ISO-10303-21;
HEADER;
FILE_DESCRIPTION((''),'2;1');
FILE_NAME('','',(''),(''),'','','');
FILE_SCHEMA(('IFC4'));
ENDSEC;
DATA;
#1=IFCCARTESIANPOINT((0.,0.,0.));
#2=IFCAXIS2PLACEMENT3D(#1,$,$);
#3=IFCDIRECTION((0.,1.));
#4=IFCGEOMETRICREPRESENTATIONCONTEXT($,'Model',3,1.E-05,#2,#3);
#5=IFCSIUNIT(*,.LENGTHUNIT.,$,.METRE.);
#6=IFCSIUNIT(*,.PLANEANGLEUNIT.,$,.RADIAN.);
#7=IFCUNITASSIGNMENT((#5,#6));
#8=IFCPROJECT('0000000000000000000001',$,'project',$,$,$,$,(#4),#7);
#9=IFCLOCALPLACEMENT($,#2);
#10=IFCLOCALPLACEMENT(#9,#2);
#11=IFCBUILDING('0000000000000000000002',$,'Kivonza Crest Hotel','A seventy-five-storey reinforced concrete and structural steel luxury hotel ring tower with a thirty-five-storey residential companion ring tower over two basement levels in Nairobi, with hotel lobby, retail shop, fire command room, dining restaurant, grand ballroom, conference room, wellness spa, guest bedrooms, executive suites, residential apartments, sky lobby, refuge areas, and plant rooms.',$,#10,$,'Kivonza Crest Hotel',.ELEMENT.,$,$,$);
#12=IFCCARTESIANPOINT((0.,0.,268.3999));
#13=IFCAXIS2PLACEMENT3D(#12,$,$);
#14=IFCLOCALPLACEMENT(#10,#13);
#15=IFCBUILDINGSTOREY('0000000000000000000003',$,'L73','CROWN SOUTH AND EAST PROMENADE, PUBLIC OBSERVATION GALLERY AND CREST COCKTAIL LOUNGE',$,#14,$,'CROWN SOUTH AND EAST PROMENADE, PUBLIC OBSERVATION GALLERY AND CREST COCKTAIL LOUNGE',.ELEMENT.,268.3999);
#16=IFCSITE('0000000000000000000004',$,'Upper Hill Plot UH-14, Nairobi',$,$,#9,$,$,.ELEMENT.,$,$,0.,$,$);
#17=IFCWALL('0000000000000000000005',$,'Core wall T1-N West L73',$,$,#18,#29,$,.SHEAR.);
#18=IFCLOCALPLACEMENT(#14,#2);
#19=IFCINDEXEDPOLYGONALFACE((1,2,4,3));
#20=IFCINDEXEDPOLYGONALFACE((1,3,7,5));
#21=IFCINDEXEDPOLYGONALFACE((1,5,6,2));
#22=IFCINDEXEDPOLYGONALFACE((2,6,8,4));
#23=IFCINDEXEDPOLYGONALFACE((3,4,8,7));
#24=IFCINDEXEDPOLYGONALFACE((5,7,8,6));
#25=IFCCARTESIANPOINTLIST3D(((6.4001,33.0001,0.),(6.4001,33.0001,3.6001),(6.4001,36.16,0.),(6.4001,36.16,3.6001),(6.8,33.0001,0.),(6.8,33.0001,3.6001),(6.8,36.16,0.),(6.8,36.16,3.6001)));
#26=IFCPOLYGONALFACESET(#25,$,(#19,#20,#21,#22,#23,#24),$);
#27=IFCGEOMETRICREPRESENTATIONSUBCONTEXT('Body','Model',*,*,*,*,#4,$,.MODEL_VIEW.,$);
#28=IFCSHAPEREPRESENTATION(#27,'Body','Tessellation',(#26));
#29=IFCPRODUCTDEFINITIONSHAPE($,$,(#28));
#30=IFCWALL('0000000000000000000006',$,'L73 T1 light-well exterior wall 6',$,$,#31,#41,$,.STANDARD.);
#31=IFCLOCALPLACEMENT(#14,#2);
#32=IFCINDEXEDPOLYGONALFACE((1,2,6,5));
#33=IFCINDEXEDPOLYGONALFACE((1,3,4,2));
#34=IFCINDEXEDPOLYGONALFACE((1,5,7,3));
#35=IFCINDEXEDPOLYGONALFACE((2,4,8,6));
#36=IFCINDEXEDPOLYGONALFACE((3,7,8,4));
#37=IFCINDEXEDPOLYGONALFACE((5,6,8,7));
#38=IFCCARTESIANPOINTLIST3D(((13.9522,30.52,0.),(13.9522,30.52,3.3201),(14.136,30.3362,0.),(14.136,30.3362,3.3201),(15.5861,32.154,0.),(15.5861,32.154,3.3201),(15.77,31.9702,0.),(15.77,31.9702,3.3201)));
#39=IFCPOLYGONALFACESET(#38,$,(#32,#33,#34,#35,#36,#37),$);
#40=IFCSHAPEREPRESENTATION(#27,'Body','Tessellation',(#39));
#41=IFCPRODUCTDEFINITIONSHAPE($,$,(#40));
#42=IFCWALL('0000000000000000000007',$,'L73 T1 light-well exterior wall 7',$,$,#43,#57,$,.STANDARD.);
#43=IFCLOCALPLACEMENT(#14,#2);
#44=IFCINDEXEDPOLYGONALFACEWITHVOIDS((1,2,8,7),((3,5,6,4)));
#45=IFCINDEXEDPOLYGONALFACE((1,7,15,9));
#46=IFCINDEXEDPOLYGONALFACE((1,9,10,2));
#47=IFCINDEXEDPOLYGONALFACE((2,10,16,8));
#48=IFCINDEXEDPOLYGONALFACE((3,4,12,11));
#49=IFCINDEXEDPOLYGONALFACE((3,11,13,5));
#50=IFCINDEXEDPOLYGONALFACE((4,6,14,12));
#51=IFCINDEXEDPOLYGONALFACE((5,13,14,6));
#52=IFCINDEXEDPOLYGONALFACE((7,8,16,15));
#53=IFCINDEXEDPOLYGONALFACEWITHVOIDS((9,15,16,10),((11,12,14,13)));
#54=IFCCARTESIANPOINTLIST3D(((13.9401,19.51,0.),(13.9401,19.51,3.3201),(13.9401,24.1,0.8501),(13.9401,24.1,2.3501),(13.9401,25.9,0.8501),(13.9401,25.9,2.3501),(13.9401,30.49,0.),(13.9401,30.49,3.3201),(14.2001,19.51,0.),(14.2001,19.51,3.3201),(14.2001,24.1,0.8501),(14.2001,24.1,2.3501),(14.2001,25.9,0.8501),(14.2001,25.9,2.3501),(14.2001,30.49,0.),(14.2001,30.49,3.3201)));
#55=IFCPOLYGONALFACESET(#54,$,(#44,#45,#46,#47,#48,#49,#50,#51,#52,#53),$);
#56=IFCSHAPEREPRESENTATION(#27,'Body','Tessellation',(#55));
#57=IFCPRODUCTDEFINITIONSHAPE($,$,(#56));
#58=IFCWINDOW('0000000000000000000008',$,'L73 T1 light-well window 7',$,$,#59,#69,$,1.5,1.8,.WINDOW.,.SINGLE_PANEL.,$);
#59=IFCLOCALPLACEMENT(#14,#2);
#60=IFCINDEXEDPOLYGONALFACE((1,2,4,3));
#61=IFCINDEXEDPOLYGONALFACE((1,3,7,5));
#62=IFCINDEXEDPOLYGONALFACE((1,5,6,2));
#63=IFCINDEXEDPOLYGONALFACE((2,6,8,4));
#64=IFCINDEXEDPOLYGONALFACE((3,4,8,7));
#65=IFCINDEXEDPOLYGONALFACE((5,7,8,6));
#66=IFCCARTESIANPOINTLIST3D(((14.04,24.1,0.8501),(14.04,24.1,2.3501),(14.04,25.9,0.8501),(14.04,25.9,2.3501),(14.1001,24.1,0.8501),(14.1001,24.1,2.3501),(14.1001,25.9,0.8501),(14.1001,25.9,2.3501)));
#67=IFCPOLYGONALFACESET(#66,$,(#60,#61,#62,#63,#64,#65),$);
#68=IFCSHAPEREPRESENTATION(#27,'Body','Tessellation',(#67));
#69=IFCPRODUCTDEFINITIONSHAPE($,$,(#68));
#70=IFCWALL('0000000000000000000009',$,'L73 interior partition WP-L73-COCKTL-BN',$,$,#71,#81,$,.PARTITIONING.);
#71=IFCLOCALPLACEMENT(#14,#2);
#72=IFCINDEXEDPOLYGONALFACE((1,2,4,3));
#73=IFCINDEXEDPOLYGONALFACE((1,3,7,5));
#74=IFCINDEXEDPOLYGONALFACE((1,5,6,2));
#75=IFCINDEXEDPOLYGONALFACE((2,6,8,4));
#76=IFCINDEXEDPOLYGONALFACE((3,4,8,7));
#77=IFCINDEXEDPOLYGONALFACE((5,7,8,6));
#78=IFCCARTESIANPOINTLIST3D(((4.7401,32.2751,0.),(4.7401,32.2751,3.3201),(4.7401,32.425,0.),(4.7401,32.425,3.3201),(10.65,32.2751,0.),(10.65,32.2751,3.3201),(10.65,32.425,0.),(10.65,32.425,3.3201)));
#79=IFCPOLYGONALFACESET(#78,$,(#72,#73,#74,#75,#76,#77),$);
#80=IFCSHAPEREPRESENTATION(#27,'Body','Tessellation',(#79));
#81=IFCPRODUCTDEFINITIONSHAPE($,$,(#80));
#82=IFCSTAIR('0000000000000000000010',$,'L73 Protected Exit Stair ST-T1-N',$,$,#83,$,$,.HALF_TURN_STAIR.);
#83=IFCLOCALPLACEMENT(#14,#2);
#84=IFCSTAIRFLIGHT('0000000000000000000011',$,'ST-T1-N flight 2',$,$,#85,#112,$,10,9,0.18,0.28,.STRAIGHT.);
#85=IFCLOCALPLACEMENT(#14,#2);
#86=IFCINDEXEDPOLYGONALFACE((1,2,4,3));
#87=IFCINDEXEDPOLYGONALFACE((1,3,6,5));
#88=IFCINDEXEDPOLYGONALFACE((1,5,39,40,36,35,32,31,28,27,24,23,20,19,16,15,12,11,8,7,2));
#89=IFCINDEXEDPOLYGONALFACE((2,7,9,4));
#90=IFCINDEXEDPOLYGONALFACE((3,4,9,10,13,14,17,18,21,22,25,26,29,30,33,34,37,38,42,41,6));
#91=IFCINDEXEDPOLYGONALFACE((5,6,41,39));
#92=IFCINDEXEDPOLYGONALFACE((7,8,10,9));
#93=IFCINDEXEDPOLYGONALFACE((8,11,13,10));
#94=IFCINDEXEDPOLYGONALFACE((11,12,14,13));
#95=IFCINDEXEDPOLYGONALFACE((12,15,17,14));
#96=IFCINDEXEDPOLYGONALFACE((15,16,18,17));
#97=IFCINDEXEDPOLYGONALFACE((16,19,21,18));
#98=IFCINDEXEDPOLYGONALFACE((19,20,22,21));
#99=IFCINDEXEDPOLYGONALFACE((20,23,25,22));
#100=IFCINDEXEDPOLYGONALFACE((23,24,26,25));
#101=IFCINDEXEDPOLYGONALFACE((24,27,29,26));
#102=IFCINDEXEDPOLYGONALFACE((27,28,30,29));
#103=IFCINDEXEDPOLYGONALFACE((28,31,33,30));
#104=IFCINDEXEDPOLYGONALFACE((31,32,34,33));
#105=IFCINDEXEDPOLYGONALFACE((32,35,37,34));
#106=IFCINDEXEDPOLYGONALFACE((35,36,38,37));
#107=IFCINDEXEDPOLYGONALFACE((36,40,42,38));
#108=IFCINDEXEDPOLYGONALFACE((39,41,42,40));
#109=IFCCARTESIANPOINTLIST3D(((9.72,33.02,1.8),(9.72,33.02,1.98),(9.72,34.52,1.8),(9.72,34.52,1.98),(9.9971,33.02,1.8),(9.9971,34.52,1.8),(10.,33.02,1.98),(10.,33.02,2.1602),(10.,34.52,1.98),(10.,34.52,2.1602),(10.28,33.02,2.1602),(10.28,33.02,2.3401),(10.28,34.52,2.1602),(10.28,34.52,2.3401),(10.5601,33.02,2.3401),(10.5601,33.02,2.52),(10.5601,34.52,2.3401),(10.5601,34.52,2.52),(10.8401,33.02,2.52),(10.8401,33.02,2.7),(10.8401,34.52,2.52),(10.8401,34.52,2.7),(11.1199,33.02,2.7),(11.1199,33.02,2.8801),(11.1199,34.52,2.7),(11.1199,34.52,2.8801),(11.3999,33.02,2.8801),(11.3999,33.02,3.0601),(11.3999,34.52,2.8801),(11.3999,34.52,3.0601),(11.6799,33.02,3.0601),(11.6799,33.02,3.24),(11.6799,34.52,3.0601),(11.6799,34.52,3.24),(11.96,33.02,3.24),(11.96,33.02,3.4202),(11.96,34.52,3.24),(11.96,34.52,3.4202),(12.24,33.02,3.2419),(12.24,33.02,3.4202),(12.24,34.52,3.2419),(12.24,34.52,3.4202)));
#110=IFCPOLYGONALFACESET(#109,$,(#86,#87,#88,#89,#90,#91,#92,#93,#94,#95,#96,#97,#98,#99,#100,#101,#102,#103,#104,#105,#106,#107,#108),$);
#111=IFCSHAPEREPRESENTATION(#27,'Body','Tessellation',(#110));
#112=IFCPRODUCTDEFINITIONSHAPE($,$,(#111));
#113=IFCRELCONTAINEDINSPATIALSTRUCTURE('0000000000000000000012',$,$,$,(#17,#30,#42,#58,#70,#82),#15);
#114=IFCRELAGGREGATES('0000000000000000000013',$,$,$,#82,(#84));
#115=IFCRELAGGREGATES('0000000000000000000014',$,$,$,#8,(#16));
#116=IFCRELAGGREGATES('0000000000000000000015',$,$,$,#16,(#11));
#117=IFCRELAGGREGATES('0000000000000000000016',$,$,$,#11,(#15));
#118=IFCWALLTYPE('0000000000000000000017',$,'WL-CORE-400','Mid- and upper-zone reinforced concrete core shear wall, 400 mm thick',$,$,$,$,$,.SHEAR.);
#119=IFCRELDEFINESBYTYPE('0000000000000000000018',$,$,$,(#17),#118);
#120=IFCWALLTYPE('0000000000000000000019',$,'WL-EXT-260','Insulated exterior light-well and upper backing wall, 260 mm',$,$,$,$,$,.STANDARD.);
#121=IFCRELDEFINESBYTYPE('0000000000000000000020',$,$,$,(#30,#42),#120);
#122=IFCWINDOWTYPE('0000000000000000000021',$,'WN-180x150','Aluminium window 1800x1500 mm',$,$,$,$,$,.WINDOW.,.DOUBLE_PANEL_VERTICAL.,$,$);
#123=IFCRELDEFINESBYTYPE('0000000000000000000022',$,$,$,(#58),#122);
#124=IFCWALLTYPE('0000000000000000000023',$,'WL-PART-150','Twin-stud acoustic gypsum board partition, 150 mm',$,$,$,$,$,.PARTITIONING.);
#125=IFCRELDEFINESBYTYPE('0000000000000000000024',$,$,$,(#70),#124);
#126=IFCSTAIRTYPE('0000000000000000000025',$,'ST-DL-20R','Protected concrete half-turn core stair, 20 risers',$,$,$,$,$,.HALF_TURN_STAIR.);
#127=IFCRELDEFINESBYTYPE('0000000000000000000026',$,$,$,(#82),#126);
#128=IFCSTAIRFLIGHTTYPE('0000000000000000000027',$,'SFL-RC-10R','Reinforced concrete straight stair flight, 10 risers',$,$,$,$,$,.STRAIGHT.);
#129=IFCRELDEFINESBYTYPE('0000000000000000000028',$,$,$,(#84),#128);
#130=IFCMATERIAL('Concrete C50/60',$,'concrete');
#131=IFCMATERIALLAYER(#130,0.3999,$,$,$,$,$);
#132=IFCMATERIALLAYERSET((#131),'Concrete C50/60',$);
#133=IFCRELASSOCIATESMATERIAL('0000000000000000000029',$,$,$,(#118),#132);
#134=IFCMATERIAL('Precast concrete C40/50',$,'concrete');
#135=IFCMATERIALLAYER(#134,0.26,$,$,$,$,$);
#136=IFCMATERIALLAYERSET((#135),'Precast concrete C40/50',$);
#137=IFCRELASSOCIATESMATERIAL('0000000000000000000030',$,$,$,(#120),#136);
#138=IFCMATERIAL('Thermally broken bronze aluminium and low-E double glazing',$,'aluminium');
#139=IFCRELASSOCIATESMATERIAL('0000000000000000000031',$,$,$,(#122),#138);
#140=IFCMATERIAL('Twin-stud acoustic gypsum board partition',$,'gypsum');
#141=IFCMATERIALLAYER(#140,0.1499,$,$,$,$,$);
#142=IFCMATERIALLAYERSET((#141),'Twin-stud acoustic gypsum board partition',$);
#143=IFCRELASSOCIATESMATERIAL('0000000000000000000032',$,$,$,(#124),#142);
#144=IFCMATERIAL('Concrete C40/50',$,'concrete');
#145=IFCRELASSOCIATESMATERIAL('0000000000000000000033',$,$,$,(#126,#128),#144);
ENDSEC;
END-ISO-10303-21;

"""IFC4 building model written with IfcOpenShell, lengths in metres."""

from ifc_helpers import new_model, si_unit, direction, frame, frame_2d, origin, place, context, subcontext, project, spatial, polyline, rectangle, outline, extrude, material, layer, layer_set, type_object, element, fill, aggregate, save


model = new_model("IFC4")

# Units and contexts
model_context = context("Model", 3, precision=1e-05, world=origin(), true_north=direction((0.0, 1.0)))
body_context = subcontext(model_context, "Body", "Model", "MODEL_VIEW")
ifc_project = project(units=[si_unit("LENGTHUNIT", "METRE"), si_unit("PLANEANGLEUNIT", "RADIAN")], contexts=[model_context])

# Site, building, storey
site_placement = place(None, origin())
site = spatial("IfcSite", under=ifc_project, at=site_placement, Name="Upper Hill Plot UH-14, Nairobi", CompositionType="ELEMENT", RefElevation=0.0)
building_placement = place(site_placement, origin())
building = spatial("IfcBuilding", under=site, at=building_placement, Name="Kivonza Crest Hotel", Description="A seventy-five-storey reinforced concrete and structural steel luxury hotel ring tower with a thirty-five-storey residential companion ring tower over two basement levels in Nairobi, with hotel lobby, retail shop, fire command room, dining restaurant, grand ballroom, conference room, wellness spa, guest bedrooms, executive suites, residential apartments, sky lobby, refuge areas, and plant rooms.", LongName="Kivonza Crest Hotel", CompositionType="ELEMENT")
storey_placement = place(building_placement, frame((0.0, 0.0, 268.3999)))
storey = spatial("IfcBuildingStorey", under=building, at=storey_placement, Name="L73", Description="CROWN SOUTH AND EAST PROMENADE, PUBLIC OBSERVATION GALLERY AND CREST COCKTAIL LOUNGE", LongName="CROWN SOUTH AND EAST PROMENADE, PUBLIC OBSERVATION GALLERY AND CREST COCKTAIL LOUNGE", CompositionType="ELEMENT", Elevation=268.3999)

# Shared definitions
ifc_material_1 = material(Name="Concrete C50/60", Category="concrete")

# Shared definitions
ifc_layer_1 = layer(ifc_material_1, 0.3999)
ifc_layer_set_1 = layer_set([ifc_layer_1], Name="Concrete C50/60")
wall_type_1 = type_object("IfcWallType", Name="WL-CORE-400", Description="Mid- and upper-zone reinforced concrete core shear wall, 400 mm thick", PredefinedType="SHEAR", material=ifc_layer_set_1)

# Walls
wall_1_placement = place(storey_placement, frame((6.6001, 33.0, 0.0), z_axis=(0.0, 0.0, 1.0), x_axis=(0.0, 1.0, 0.0)))
element("IfcWall", 1, at=wall_1_placement, inside=storey, type_object=wall_type_1, Name="Core wall T1-N West L73", PredefinedType="SHEAR", context=body_context, shape_type="SweptSolid", body=[
    extrude(rectangle(XDim=3.1599, YDim=0.3999, at=frame_2d((1.5801, 0.0))), origin(), (0.0, 0.0, 1.0), 3.6001),
])
ifc_material_2 = material(Name="Precast concrete C40/50", Category="concrete")
ifc_layer_2 = layer(ifc_material_2, 0.26)
ifc_layer_set_2 = layer_set([ifc_layer_2], Name="Precast concrete C40/50")
wall_type_2 = type_object("IfcWallType", Name="WL-EXT-260", Description="Insulated exterior light-well and upper backing wall, 260 mm", PredefinedType="STANDARD", material=ifc_layer_set_2)
wall_2_placement = place(storey_placement, frame((15.678, 32.062, 0.0), z_axis=(0.0, 0.0, 1.0), x_axis=(-0.707107, -0.707107, 0.0)))
element("IfcWall", 2, at=wall_2_placement, inside=storey, type_object=wall_type_2, Name="L73 T1 light-well exterior wall 6", PredefinedType="STANDARD", context=body_context, shape_type="SweptSolid", body=[
    extrude(rectangle(XDim=2.3108, YDim=0.26, at=frame_2d((1.1553, 0.0))), origin(), (0.0, 0.0, 1.0), 3.3201),
])

# Wall, opening, window
wall_3_placement = place(storey_placement, frame((14.0701, 30.49, 0.0), z_axis=(0.0, 0.0, 1.0), x_axis=(0.0, -1.0, 0.0)))
wall_3 = element("IfcWall", 3, at=wall_3_placement, inside=storey, type_object=wall_type_2, Name="L73 T1 light-well exterior wall 7", PredefinedType="STANDARD", context=body_context, shape_type="SweptSolid", body=[
    extrude(rectangle(XDim=10.98, YDim=0.26, at=frame_2d((5.49, 0.0))), origin(), (0.0, 0.0, 1.0), 3.3201),
])
opening_1_placement = place(wall_3_placement, frame((4.5901, 0.0, 0.8501)))
opening_1 = element("IfcOpeningElement", 4, at=opening_1_placement, cuts=wall_3, PredefinedType="OPENING", context=body_context, shape_type="SweptSolid", body=[
    extrude(rectangle(XDim=1.8, YDim=1.5, at=frame_2d((0.8999, 0.75))), frame((0.0, 0.1401, 0.0), z_axis=(0.0, -1.0, 0.0), x_axis=(1.0, 0.0, 0.0)), (0.0, 0.0, 1.0), 0.28),
])
ifc_material_3 = material(Name="Thermally broken bronze aluminium and low-E double glazing", Category="aluminium")
window_type = type_object("IfcWindowType", Name="WN-180x150", Description="Aluminium window 1800x1500 mm", PartitioningType="DOUBLE_PANEL_VERTICAL", PredefinedType="WINDOW", material=ifc_material_3)
window_placement = place(opening_1_placement, origin())
window = element("IfcWindow", 5, at=window_placement, inside=storey, type_object=window_type, Name="L73 T1 light-well window 7", OverallHeight=1.5, OverallWidth=1.8, PartitioningType="SINGLE_PANEL", PredefinedType="WINDOW", context=body_context, shape_type="SweptSolid", body=[
    extrude(rectangle(XDim=1.8, YDim=1.5, at=frame_2d((0.8999, 0.75))), frame((0.0, 0.03, 0.0), z_axis=(0.0, -1.0, 0.0), x_axis=(1.0, 0.0, 0.0)), (0.0, 0.0, 1.0), 0.0601),
])
fill(opening_1, window)

# Wall
ifc_material_4 = material(Name="Twin-stud acoustic gypsum board partition", Category="gypsum")
ifc_layer_3 = layer(ifc_material_4, 0.1499)
ifc_layer_set_3 = layer_set([ifc_layer_3], Name="Twin-stud acoustic gypsum board partition")
wall_type_3 = type_object("IfcWallType", Name="WL-PART-150", Description="Twin-stud acoustic gypsum board partition, 150 mm", PredefinedType="PARTITIONING", material=ifc_layer_set_3)
wall_4_placement = place(storey_placement, frame((4.74, 32.3501, 0.0), z_axis=(0.0, 0.0, 1.0), x_axis=(1.0, 0.0, 0.0)))
element("IfcWall", 6, at=wall_4_placement, inside=storey, type_object=wall_type_3, Name="L73 interior partition WP-L73-COCKTL-BN", PredefinedType="PARTITIONING", context=body_context, shape_type="SweptSolid", body=[
    extrude(rectangle(XDim=5.9099, YDim=0.1499, at=frame_2d((2.9551, 0.0))), origin(), (0.0, 0.0, 1.0), 3.3201),
])

# Stair, stair flight
ifc_material_5 = material(Name="Concrete C40/50", Category="concrete")
stair_type = type_object("IfcStairType", Name="ST-DL-20R", Description="Protected concrete half-turn core stair, 20 risers", PredefinedType="HALF_TURN_STAIR", material=ifc_material_5)
stair_placement = place(storey_placement, origin())
stair = element("IfcStair", 7, at=stair_placement, inside=storey, type_object=stair_type, Name="L73 Protected Exit Stair ST-T1-N", PredefinedType="HALF_TURN_STAIR")
stair_flight_type = type_object("IfcStairFlightType", Name="SFL-RC-10R", Description="Reinforced concrete straight stair flight, 10 risers", PredefinedType="STRAIGHT", material=ifc_material_5)
stair_flight_placement = place(storey_placement, frame((9.72, 33.77, 1.8), z_axis=(0.0, 0.0, 1.0), x_axis=(1.0, 0.0, 0.0)))
stair_flight = element("IfcStairFlight", 8, at=stair_flight_placement, type_object=stair_flight_type, Name="ST-T1-N flight 2", NumberOfRisers=10, NumberOfTreads=9, PredefinedType="STRAIGHT", RiserHeight=0.18, TreadLength=0.28, context=body_context, shape_type="SweptSolid", body=[
    extrude(outline(polyline([(0.0, 0.0), (0.0, 0.1799), (0.28, 0.1799), (0.28, 0.3601), (0.5601, 0.3601), (0.5601, 0.54), (0.8401, 0.54), (0.8401, 0.72), (1.1201, 0.72), (1.1201, 0.8999), (1.3999, 0.8999), (1.3999, 1.0801), (1.6799, 1.0801), (1.6799, 1.26), (1.96, 1.26), (1.96, 1.4399), (2.24, 1.4399), (2.24, 1.6201), (2.52, 1.6201), (2.52, 1.8), (2.52, 1.4419), (0.2771, 0.0), (0.0, 0.0)])), frame((0.0, 0.75, 0.0), z_axis=(0.0, -1.0, 0.0), x_axis=(1.0, 0.0, 0.0)), (0.0, 0.0, 1.0), 1.5),
])
aggregate(stair, [stair_flight])

save(model, "model.ifc")
